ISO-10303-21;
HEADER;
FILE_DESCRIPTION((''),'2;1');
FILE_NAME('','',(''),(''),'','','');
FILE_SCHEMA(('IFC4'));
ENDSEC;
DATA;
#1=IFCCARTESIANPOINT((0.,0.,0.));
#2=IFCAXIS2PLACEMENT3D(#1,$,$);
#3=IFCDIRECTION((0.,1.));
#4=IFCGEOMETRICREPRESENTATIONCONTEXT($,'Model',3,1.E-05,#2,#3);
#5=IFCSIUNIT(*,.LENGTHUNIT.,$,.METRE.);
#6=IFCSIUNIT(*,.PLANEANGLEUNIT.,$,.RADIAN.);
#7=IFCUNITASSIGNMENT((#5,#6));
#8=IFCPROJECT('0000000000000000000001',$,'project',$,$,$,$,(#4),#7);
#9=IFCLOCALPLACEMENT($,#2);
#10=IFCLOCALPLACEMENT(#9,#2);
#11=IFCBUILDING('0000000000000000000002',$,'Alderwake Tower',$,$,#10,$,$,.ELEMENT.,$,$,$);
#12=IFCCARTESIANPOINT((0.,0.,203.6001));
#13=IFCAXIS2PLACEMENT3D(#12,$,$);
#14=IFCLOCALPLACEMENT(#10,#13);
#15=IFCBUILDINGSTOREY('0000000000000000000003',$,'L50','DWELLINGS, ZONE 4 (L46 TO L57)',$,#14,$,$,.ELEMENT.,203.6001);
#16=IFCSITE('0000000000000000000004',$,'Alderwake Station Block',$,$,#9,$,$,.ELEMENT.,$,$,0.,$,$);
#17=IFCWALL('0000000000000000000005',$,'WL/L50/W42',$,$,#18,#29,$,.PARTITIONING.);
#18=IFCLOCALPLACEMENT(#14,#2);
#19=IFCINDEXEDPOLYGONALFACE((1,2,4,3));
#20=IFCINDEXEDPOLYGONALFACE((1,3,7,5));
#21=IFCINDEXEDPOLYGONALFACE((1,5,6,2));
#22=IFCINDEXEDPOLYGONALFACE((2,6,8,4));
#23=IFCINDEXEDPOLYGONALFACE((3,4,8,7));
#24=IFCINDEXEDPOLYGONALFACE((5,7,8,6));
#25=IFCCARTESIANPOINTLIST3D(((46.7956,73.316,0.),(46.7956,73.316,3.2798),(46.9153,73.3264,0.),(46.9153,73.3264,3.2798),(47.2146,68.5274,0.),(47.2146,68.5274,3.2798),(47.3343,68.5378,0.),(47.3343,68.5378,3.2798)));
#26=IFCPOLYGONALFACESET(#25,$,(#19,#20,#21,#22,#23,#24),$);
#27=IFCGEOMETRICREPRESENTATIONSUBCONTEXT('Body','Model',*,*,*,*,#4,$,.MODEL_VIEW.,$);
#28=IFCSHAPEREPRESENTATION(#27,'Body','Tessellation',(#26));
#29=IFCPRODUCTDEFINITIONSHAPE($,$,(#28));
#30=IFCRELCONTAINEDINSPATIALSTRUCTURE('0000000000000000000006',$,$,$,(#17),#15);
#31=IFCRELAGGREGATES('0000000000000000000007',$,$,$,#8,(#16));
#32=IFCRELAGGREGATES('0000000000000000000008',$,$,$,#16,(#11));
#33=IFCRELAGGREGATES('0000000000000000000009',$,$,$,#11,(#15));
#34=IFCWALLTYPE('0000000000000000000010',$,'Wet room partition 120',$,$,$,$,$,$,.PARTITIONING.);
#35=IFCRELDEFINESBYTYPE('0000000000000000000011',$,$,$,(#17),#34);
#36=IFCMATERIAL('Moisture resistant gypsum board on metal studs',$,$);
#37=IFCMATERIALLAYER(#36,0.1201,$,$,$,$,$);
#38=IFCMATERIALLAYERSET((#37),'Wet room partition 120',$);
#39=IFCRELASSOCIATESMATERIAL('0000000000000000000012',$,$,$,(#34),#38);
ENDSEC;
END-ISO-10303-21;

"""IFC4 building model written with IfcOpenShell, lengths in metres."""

from ifc_helpers import new_model, si_unit, direction, frame, frame_2d, origin, place, context, subcontext, project, spatial, rectangle, extrude, material, layer, layer_set, type_object, element, save


model = new_model("IFC4")

# Units and contexts
model_context = context("Model", 3, precision=1e-05, world=origin(), true_north=direction((0.0, 1.0)))
body_context = subcontext(model_context, "Body", "Model", "MODEL_VIEW")
ifc_project = project(units=[si_unit("LENGTHUNIT", "METRE"), si_unit("PLANEANGLEUNIT", "RADIAN")], contexts=[model_context])

# Site, building, storey
site_placement = place(None, origin())
site = spatial("IfcSite", under=ifc_project, at=site_placement, Name="Alderwake Station Block", CompositionType="ELEMENT", RefElevation=0.0)
building_placement = place(site_placement, origin())
building = spatial("IfcBuilding", under=site, at=building_placement, Name="Alderwake Tower", CompositionType="ELEMENT")
storey_placement = place(building_placement, frame((0.0, 0.0, 203.6001)))
storey = spatial("IfcBuildingStorey", under=building, at=storey_placement, Name="L50", Description="DWELLINGS, ZONE 4 (L46 TO L57)", CompositionType="ELEMENT", Elevation=203.6001)

# Shared definitions
ifc_material_1 = material(Name="Moisture resistant gypsum board on metal studs")
ifc_layer_1 = layer(ifc_material_1, 0.1201)
ifc_layer_set_1 = layer_set([ifc_layer_1], Name="Wet room partition 120")
wall_type_1 = type_object("IfcWallType", Name="Wet room partition 120", PredefinedType="PARTITIONING", material=ifc_layer_set_1)

# Wall
wall_1_placement = place(storey_placement, frame((47.2744, 68.5327, 0.0), z_axis=(0.0, 0.0, 1.0), x_axis=(-0.087156, 0.996195, 0.0)))
element("IfcWall", 1, at=wall_1_placement, inside=storey, type_object=wall_type_1, Name="WL/L50/W42", PredefinedType="PARTITIONING", context=body_context, shape_type="SweptSolid", body=[
    extrude(rectangle(XDim=4.8069, YDim=0.1201, at=frame_2d((2.4033, 0.0))), origin(), (0.0, 0.0, 1.0), 3.2798),
])

save(model, "model.ifc")
